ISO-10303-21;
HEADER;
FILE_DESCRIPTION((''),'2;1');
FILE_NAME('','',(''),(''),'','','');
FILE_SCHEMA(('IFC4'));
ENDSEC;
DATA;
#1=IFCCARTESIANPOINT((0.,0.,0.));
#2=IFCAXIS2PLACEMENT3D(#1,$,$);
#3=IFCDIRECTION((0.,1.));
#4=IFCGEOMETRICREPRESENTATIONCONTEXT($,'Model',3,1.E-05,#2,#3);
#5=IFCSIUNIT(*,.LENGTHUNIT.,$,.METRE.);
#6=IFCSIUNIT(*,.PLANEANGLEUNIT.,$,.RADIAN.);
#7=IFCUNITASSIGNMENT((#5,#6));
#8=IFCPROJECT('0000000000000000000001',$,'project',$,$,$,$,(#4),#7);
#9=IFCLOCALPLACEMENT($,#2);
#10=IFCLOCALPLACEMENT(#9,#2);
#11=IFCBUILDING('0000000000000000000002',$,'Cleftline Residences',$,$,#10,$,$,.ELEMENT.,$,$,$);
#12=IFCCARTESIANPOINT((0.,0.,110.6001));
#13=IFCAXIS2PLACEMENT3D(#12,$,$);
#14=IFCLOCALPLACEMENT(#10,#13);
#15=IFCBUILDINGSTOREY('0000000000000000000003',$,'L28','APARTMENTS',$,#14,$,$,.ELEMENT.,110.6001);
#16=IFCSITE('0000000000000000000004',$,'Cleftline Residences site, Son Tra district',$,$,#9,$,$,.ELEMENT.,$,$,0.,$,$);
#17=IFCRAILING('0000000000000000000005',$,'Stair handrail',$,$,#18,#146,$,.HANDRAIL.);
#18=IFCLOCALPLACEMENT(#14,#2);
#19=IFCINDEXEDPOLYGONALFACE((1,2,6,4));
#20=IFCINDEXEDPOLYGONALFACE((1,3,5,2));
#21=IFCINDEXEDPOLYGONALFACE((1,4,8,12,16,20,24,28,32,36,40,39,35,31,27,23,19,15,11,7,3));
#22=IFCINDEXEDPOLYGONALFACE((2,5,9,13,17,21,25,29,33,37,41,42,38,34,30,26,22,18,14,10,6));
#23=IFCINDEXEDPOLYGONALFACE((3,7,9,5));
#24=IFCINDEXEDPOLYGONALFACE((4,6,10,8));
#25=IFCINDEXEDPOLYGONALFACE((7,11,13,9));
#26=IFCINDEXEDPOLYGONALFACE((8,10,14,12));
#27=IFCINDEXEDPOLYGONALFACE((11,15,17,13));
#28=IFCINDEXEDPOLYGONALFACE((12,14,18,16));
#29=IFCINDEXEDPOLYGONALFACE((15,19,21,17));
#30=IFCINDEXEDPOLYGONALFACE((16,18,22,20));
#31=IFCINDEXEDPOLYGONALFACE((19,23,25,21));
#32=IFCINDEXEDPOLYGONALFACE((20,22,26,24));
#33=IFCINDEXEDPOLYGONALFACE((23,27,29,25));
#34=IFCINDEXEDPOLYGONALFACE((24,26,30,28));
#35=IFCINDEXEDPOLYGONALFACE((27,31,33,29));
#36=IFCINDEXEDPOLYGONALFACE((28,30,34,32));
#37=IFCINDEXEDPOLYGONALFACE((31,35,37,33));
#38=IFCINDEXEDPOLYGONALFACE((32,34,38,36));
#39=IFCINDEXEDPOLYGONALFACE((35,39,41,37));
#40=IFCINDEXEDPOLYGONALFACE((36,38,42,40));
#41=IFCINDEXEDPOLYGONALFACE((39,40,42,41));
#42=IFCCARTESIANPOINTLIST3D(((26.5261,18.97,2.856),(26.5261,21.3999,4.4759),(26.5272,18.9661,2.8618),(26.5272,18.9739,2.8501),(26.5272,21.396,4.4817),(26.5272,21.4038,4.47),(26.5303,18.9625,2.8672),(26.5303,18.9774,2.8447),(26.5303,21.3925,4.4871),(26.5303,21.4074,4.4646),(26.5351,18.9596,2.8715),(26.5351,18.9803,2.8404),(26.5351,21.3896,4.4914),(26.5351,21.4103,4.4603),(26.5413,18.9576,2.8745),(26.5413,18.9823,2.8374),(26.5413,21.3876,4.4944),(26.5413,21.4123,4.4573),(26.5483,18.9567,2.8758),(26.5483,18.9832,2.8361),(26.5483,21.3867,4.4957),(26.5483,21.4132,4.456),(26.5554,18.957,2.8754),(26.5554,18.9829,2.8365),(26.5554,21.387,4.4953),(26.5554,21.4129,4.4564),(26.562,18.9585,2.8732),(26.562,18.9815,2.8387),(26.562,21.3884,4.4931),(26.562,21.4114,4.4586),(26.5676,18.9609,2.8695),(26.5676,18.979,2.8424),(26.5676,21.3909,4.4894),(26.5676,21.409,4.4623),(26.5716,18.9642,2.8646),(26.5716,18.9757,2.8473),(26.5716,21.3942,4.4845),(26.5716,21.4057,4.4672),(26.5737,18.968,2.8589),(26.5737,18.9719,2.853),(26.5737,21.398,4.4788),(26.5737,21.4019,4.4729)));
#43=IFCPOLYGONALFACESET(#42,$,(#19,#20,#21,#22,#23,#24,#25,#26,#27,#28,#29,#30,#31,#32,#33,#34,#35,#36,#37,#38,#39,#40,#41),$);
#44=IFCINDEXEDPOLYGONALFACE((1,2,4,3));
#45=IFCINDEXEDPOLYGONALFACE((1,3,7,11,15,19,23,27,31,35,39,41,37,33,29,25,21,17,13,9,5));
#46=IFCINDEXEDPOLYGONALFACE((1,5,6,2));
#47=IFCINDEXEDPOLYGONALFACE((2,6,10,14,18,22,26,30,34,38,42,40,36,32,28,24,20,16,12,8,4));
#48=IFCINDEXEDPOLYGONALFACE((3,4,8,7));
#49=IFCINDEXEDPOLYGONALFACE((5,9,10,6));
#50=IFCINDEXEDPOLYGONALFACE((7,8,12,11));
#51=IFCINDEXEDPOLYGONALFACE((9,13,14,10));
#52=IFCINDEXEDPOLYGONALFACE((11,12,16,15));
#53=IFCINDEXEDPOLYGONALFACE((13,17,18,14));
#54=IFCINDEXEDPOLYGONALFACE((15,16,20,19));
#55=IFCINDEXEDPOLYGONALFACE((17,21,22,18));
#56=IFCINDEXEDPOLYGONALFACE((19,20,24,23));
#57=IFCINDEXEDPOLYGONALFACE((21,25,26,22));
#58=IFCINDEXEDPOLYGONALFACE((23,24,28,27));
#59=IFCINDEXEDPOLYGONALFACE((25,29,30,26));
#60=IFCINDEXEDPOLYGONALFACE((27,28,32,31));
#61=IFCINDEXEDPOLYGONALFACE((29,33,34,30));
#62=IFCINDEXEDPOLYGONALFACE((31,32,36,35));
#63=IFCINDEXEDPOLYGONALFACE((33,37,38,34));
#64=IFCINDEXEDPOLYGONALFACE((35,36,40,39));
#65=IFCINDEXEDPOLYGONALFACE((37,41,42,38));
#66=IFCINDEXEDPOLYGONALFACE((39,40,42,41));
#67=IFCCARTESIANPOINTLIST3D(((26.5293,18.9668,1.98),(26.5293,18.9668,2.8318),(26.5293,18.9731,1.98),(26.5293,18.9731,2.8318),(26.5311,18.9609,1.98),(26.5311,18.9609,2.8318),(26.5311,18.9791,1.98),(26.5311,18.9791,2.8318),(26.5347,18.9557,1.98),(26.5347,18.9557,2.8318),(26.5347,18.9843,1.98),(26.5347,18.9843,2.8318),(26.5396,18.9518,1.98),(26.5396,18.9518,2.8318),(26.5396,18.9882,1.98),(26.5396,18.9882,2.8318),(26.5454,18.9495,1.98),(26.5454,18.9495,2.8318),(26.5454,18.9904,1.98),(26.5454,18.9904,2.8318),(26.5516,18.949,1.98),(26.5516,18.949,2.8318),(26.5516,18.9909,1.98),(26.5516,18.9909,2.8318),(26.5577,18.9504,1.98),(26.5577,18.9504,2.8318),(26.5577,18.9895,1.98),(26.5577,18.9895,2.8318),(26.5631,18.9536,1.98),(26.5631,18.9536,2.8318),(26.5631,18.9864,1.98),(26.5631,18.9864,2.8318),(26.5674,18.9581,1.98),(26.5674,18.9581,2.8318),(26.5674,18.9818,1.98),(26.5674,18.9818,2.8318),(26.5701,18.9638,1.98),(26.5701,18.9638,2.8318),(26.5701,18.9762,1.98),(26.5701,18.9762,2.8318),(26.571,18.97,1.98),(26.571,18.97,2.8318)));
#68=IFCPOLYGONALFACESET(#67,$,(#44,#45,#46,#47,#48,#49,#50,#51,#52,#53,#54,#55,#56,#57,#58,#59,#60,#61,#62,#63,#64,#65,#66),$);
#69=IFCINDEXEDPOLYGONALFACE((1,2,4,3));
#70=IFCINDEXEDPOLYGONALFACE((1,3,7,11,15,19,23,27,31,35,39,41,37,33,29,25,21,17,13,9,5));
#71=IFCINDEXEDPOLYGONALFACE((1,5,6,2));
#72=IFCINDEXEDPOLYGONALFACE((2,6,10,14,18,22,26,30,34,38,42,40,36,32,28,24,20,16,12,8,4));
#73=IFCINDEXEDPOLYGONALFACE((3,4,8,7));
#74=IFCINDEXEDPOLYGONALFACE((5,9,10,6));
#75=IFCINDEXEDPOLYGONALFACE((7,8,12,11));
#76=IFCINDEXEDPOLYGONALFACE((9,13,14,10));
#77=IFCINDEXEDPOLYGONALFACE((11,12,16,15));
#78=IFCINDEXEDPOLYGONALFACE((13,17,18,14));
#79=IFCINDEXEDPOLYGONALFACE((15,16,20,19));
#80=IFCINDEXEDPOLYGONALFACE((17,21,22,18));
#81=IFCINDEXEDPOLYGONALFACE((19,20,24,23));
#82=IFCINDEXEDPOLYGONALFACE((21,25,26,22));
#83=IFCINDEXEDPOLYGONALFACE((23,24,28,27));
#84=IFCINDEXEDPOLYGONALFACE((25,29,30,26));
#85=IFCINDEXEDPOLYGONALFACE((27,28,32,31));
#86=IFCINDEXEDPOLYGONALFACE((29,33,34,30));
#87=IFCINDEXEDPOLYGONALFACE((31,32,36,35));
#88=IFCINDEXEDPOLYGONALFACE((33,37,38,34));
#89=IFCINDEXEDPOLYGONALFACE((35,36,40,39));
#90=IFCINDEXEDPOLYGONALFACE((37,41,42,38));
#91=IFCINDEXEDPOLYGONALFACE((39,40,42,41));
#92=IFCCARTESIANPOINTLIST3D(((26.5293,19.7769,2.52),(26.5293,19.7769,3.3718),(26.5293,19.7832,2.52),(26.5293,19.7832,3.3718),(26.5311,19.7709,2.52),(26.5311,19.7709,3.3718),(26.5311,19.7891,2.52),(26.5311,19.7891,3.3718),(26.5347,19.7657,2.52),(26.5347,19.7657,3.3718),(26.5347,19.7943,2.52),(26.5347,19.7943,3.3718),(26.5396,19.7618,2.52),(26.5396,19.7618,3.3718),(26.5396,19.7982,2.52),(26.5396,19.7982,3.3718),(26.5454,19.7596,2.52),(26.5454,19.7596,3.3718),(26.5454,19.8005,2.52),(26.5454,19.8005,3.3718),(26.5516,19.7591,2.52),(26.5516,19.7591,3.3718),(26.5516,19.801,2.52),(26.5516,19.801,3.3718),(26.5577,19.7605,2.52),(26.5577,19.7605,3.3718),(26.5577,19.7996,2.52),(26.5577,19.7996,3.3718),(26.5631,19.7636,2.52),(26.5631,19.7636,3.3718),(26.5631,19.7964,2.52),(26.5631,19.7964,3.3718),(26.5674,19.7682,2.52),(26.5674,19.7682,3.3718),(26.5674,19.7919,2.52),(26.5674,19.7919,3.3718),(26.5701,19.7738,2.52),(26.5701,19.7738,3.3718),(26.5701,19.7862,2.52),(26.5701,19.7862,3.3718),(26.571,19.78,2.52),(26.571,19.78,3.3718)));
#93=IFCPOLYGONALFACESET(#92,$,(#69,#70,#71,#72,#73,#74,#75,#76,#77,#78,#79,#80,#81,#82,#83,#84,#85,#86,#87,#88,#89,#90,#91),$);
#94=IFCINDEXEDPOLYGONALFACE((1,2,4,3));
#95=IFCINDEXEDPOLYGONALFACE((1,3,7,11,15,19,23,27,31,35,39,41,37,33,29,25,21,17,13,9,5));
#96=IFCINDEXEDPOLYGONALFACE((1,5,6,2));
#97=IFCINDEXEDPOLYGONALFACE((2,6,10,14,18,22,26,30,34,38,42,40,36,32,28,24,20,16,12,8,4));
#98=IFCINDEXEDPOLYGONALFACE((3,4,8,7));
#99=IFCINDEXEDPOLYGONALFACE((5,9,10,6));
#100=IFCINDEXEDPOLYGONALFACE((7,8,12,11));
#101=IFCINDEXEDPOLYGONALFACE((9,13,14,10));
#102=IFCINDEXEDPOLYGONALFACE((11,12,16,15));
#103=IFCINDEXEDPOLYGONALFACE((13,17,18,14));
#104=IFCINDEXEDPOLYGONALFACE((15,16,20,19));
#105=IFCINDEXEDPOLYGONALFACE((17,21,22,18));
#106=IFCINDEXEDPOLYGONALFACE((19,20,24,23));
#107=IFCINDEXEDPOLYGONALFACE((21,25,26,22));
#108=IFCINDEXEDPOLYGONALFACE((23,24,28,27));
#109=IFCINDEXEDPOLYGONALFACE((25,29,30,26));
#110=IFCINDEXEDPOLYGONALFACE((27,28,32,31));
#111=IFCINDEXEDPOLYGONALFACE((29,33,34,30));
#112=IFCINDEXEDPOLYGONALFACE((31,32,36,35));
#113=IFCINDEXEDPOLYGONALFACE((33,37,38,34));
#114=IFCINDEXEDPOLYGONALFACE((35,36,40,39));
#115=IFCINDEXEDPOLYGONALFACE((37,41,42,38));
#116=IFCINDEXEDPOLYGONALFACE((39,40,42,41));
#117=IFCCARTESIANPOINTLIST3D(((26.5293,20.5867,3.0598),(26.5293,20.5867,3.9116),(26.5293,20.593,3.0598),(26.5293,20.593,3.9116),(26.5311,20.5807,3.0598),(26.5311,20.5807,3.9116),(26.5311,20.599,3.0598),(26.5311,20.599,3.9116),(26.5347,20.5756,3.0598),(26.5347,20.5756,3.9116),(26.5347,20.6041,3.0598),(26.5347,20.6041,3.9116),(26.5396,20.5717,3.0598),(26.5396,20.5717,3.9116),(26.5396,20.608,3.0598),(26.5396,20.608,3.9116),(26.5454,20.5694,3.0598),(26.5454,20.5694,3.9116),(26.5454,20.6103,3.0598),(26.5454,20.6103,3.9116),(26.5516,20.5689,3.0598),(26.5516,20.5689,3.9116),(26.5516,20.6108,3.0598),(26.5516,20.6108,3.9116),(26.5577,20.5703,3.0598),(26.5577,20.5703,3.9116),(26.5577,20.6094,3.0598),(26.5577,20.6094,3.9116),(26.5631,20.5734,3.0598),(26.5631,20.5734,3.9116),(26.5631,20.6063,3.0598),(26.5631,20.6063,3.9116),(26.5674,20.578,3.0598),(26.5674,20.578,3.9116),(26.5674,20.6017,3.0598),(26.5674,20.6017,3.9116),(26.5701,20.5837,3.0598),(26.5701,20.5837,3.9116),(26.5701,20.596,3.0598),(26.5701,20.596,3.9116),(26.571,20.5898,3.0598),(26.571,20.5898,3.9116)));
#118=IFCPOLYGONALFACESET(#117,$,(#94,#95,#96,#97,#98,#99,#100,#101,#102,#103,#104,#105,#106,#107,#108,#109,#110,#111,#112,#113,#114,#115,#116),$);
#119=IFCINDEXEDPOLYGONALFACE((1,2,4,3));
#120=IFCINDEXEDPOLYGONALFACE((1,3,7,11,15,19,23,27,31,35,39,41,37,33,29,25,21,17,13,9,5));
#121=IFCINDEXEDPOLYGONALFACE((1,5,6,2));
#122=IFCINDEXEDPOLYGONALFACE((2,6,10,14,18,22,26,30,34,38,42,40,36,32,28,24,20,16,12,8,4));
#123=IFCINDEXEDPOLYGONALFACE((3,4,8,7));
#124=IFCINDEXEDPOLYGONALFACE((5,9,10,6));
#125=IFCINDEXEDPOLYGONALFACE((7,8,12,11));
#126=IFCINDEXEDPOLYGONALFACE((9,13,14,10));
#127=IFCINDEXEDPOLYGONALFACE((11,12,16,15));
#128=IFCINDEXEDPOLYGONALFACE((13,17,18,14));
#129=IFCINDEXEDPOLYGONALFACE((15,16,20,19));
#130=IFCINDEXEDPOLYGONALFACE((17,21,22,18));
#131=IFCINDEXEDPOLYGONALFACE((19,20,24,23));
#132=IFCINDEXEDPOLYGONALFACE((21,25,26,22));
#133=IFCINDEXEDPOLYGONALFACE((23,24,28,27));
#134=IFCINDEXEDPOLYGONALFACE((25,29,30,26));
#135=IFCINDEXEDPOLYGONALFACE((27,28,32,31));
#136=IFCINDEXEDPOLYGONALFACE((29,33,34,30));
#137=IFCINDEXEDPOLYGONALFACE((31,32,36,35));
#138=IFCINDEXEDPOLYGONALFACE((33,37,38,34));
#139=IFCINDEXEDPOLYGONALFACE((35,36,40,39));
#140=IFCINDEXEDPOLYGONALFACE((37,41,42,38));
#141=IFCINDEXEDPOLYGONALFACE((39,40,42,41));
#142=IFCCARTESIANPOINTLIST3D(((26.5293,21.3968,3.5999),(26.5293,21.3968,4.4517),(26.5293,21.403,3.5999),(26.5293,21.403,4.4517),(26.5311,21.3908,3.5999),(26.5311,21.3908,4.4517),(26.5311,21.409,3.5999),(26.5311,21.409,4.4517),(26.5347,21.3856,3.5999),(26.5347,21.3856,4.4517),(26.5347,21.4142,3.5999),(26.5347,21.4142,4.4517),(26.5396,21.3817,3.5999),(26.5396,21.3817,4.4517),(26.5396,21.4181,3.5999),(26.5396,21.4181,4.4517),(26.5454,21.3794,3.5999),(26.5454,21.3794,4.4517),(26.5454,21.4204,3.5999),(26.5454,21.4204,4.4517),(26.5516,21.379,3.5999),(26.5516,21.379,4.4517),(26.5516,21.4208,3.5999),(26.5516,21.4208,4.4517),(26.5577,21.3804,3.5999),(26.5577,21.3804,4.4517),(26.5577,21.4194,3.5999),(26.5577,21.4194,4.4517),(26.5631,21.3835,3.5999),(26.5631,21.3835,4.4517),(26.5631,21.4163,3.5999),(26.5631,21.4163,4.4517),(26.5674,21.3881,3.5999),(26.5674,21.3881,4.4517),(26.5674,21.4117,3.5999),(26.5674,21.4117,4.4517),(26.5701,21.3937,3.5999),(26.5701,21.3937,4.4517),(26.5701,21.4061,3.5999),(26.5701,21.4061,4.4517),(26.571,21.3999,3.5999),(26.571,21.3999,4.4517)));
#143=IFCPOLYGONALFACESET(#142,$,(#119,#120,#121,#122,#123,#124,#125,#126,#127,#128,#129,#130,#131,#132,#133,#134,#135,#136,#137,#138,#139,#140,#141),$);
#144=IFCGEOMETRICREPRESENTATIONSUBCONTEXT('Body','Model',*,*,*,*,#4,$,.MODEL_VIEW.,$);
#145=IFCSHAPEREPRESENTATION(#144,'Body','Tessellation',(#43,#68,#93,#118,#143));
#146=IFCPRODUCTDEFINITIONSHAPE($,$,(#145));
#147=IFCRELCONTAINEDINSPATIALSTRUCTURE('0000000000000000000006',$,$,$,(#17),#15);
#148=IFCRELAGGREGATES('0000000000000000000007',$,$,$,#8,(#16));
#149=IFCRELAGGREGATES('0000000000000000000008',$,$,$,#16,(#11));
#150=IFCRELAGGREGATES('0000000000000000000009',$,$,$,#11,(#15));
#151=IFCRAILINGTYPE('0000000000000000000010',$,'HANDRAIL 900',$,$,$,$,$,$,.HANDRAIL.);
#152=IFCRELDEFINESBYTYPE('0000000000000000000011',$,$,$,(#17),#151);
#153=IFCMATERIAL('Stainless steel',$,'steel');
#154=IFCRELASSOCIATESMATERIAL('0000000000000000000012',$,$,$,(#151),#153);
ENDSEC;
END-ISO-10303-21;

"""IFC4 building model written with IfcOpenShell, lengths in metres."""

from ifc_helpers import new_model, si_unit, direction, frame, origin, origin_2d, place, context, subcontext, project, spatial, circle, extrude, material, type_object, element, save


model = new_model("IFC4")

# Units and contexts
model_context = context("Model", 3, precision=1e-05, world=origin(), true_north=direction((0.0, 1.0)))
body_context = subcontext(model_context, "Body", "Model", "MODEL_VIEW")
ifc_project = project(units=[si_unit("LENGTHUNIT", "METRE"), si_unit("PLANEANGLEUNIT", "RADIAN")], contexts=[model_context])

# Site, building, storey
site_placement = place(None, origin())
site = spatial("IfcSite", under=ifc_project, at=site_placement, Name="Cleftline Residences site, Son Tra district", CompositionType="ELEMENT", RefElevation=0.0)
building_placement = place(site_placement, origin())
building = spatial("IfcBuilding", under=site, at=building_placement, Name="Cleftline Residences", CompositionType="ELEMENT")
storey_placement = place(building_placement, frame((0.0, 0.0, 110.6001)))
storey = spatial("IfcBuildingStorey", under=building, at=storey_placement, Name="L28", Description="APARTMENTS", CompositionType="ELEMENT", Elevation=110.6001)

# Railing
ifc_material_1 = material(Name="Stainless steel", Category="steel")
railing_type = type_object("IfcRailingType", Name="HANDRAIL 900", PredefinedType="HANDRAIL", material=ifc_material_1)
railing_1_placement = place(storey_placement, frame((26.55, 18.97, 1.98)))
element("IfcRailing", 1, at=railing_1_placement, inside=storey, type_object=railing_type, Name="Stair handrail", PredefinedType="HANDRAIL", context=body_context, shape_type="SweptSolid", body=[
    extrude(circle(Radius=0.0239, at=origin_2d()), frame((0.0, 0.0, 0.876), z_axis=(0.0, 0.832063, 0.554681), x_axis=(-1.0, 0.0, 0.0)), (0.0, 0.0, 1.0), 2.9204),
    extrude(circle(Radius=0.021, at=origin_2d()), origin(), (0.0, 0.0, 1.0), 0.8518),
    extrude(circle(Radius=0.021, at=origin_2d()), frame((0.0, 0.8101, 0.54)), (0.0, 0.0, 1.0), 0.8518),
    extrude(circle(Radius=0.021, at=origin_2d()), frame((0.0, 1.6199, 1.0798)), (0.0, 0.0, 1.0), 0.8518),
    extrude(circle(Radius=0.021, at=origin_2d()), frame((0.0, 2.4299, 1.6199)), (0.0, 0.0, 1.0), 0.8518),
])

save(model, "model.ifc")
